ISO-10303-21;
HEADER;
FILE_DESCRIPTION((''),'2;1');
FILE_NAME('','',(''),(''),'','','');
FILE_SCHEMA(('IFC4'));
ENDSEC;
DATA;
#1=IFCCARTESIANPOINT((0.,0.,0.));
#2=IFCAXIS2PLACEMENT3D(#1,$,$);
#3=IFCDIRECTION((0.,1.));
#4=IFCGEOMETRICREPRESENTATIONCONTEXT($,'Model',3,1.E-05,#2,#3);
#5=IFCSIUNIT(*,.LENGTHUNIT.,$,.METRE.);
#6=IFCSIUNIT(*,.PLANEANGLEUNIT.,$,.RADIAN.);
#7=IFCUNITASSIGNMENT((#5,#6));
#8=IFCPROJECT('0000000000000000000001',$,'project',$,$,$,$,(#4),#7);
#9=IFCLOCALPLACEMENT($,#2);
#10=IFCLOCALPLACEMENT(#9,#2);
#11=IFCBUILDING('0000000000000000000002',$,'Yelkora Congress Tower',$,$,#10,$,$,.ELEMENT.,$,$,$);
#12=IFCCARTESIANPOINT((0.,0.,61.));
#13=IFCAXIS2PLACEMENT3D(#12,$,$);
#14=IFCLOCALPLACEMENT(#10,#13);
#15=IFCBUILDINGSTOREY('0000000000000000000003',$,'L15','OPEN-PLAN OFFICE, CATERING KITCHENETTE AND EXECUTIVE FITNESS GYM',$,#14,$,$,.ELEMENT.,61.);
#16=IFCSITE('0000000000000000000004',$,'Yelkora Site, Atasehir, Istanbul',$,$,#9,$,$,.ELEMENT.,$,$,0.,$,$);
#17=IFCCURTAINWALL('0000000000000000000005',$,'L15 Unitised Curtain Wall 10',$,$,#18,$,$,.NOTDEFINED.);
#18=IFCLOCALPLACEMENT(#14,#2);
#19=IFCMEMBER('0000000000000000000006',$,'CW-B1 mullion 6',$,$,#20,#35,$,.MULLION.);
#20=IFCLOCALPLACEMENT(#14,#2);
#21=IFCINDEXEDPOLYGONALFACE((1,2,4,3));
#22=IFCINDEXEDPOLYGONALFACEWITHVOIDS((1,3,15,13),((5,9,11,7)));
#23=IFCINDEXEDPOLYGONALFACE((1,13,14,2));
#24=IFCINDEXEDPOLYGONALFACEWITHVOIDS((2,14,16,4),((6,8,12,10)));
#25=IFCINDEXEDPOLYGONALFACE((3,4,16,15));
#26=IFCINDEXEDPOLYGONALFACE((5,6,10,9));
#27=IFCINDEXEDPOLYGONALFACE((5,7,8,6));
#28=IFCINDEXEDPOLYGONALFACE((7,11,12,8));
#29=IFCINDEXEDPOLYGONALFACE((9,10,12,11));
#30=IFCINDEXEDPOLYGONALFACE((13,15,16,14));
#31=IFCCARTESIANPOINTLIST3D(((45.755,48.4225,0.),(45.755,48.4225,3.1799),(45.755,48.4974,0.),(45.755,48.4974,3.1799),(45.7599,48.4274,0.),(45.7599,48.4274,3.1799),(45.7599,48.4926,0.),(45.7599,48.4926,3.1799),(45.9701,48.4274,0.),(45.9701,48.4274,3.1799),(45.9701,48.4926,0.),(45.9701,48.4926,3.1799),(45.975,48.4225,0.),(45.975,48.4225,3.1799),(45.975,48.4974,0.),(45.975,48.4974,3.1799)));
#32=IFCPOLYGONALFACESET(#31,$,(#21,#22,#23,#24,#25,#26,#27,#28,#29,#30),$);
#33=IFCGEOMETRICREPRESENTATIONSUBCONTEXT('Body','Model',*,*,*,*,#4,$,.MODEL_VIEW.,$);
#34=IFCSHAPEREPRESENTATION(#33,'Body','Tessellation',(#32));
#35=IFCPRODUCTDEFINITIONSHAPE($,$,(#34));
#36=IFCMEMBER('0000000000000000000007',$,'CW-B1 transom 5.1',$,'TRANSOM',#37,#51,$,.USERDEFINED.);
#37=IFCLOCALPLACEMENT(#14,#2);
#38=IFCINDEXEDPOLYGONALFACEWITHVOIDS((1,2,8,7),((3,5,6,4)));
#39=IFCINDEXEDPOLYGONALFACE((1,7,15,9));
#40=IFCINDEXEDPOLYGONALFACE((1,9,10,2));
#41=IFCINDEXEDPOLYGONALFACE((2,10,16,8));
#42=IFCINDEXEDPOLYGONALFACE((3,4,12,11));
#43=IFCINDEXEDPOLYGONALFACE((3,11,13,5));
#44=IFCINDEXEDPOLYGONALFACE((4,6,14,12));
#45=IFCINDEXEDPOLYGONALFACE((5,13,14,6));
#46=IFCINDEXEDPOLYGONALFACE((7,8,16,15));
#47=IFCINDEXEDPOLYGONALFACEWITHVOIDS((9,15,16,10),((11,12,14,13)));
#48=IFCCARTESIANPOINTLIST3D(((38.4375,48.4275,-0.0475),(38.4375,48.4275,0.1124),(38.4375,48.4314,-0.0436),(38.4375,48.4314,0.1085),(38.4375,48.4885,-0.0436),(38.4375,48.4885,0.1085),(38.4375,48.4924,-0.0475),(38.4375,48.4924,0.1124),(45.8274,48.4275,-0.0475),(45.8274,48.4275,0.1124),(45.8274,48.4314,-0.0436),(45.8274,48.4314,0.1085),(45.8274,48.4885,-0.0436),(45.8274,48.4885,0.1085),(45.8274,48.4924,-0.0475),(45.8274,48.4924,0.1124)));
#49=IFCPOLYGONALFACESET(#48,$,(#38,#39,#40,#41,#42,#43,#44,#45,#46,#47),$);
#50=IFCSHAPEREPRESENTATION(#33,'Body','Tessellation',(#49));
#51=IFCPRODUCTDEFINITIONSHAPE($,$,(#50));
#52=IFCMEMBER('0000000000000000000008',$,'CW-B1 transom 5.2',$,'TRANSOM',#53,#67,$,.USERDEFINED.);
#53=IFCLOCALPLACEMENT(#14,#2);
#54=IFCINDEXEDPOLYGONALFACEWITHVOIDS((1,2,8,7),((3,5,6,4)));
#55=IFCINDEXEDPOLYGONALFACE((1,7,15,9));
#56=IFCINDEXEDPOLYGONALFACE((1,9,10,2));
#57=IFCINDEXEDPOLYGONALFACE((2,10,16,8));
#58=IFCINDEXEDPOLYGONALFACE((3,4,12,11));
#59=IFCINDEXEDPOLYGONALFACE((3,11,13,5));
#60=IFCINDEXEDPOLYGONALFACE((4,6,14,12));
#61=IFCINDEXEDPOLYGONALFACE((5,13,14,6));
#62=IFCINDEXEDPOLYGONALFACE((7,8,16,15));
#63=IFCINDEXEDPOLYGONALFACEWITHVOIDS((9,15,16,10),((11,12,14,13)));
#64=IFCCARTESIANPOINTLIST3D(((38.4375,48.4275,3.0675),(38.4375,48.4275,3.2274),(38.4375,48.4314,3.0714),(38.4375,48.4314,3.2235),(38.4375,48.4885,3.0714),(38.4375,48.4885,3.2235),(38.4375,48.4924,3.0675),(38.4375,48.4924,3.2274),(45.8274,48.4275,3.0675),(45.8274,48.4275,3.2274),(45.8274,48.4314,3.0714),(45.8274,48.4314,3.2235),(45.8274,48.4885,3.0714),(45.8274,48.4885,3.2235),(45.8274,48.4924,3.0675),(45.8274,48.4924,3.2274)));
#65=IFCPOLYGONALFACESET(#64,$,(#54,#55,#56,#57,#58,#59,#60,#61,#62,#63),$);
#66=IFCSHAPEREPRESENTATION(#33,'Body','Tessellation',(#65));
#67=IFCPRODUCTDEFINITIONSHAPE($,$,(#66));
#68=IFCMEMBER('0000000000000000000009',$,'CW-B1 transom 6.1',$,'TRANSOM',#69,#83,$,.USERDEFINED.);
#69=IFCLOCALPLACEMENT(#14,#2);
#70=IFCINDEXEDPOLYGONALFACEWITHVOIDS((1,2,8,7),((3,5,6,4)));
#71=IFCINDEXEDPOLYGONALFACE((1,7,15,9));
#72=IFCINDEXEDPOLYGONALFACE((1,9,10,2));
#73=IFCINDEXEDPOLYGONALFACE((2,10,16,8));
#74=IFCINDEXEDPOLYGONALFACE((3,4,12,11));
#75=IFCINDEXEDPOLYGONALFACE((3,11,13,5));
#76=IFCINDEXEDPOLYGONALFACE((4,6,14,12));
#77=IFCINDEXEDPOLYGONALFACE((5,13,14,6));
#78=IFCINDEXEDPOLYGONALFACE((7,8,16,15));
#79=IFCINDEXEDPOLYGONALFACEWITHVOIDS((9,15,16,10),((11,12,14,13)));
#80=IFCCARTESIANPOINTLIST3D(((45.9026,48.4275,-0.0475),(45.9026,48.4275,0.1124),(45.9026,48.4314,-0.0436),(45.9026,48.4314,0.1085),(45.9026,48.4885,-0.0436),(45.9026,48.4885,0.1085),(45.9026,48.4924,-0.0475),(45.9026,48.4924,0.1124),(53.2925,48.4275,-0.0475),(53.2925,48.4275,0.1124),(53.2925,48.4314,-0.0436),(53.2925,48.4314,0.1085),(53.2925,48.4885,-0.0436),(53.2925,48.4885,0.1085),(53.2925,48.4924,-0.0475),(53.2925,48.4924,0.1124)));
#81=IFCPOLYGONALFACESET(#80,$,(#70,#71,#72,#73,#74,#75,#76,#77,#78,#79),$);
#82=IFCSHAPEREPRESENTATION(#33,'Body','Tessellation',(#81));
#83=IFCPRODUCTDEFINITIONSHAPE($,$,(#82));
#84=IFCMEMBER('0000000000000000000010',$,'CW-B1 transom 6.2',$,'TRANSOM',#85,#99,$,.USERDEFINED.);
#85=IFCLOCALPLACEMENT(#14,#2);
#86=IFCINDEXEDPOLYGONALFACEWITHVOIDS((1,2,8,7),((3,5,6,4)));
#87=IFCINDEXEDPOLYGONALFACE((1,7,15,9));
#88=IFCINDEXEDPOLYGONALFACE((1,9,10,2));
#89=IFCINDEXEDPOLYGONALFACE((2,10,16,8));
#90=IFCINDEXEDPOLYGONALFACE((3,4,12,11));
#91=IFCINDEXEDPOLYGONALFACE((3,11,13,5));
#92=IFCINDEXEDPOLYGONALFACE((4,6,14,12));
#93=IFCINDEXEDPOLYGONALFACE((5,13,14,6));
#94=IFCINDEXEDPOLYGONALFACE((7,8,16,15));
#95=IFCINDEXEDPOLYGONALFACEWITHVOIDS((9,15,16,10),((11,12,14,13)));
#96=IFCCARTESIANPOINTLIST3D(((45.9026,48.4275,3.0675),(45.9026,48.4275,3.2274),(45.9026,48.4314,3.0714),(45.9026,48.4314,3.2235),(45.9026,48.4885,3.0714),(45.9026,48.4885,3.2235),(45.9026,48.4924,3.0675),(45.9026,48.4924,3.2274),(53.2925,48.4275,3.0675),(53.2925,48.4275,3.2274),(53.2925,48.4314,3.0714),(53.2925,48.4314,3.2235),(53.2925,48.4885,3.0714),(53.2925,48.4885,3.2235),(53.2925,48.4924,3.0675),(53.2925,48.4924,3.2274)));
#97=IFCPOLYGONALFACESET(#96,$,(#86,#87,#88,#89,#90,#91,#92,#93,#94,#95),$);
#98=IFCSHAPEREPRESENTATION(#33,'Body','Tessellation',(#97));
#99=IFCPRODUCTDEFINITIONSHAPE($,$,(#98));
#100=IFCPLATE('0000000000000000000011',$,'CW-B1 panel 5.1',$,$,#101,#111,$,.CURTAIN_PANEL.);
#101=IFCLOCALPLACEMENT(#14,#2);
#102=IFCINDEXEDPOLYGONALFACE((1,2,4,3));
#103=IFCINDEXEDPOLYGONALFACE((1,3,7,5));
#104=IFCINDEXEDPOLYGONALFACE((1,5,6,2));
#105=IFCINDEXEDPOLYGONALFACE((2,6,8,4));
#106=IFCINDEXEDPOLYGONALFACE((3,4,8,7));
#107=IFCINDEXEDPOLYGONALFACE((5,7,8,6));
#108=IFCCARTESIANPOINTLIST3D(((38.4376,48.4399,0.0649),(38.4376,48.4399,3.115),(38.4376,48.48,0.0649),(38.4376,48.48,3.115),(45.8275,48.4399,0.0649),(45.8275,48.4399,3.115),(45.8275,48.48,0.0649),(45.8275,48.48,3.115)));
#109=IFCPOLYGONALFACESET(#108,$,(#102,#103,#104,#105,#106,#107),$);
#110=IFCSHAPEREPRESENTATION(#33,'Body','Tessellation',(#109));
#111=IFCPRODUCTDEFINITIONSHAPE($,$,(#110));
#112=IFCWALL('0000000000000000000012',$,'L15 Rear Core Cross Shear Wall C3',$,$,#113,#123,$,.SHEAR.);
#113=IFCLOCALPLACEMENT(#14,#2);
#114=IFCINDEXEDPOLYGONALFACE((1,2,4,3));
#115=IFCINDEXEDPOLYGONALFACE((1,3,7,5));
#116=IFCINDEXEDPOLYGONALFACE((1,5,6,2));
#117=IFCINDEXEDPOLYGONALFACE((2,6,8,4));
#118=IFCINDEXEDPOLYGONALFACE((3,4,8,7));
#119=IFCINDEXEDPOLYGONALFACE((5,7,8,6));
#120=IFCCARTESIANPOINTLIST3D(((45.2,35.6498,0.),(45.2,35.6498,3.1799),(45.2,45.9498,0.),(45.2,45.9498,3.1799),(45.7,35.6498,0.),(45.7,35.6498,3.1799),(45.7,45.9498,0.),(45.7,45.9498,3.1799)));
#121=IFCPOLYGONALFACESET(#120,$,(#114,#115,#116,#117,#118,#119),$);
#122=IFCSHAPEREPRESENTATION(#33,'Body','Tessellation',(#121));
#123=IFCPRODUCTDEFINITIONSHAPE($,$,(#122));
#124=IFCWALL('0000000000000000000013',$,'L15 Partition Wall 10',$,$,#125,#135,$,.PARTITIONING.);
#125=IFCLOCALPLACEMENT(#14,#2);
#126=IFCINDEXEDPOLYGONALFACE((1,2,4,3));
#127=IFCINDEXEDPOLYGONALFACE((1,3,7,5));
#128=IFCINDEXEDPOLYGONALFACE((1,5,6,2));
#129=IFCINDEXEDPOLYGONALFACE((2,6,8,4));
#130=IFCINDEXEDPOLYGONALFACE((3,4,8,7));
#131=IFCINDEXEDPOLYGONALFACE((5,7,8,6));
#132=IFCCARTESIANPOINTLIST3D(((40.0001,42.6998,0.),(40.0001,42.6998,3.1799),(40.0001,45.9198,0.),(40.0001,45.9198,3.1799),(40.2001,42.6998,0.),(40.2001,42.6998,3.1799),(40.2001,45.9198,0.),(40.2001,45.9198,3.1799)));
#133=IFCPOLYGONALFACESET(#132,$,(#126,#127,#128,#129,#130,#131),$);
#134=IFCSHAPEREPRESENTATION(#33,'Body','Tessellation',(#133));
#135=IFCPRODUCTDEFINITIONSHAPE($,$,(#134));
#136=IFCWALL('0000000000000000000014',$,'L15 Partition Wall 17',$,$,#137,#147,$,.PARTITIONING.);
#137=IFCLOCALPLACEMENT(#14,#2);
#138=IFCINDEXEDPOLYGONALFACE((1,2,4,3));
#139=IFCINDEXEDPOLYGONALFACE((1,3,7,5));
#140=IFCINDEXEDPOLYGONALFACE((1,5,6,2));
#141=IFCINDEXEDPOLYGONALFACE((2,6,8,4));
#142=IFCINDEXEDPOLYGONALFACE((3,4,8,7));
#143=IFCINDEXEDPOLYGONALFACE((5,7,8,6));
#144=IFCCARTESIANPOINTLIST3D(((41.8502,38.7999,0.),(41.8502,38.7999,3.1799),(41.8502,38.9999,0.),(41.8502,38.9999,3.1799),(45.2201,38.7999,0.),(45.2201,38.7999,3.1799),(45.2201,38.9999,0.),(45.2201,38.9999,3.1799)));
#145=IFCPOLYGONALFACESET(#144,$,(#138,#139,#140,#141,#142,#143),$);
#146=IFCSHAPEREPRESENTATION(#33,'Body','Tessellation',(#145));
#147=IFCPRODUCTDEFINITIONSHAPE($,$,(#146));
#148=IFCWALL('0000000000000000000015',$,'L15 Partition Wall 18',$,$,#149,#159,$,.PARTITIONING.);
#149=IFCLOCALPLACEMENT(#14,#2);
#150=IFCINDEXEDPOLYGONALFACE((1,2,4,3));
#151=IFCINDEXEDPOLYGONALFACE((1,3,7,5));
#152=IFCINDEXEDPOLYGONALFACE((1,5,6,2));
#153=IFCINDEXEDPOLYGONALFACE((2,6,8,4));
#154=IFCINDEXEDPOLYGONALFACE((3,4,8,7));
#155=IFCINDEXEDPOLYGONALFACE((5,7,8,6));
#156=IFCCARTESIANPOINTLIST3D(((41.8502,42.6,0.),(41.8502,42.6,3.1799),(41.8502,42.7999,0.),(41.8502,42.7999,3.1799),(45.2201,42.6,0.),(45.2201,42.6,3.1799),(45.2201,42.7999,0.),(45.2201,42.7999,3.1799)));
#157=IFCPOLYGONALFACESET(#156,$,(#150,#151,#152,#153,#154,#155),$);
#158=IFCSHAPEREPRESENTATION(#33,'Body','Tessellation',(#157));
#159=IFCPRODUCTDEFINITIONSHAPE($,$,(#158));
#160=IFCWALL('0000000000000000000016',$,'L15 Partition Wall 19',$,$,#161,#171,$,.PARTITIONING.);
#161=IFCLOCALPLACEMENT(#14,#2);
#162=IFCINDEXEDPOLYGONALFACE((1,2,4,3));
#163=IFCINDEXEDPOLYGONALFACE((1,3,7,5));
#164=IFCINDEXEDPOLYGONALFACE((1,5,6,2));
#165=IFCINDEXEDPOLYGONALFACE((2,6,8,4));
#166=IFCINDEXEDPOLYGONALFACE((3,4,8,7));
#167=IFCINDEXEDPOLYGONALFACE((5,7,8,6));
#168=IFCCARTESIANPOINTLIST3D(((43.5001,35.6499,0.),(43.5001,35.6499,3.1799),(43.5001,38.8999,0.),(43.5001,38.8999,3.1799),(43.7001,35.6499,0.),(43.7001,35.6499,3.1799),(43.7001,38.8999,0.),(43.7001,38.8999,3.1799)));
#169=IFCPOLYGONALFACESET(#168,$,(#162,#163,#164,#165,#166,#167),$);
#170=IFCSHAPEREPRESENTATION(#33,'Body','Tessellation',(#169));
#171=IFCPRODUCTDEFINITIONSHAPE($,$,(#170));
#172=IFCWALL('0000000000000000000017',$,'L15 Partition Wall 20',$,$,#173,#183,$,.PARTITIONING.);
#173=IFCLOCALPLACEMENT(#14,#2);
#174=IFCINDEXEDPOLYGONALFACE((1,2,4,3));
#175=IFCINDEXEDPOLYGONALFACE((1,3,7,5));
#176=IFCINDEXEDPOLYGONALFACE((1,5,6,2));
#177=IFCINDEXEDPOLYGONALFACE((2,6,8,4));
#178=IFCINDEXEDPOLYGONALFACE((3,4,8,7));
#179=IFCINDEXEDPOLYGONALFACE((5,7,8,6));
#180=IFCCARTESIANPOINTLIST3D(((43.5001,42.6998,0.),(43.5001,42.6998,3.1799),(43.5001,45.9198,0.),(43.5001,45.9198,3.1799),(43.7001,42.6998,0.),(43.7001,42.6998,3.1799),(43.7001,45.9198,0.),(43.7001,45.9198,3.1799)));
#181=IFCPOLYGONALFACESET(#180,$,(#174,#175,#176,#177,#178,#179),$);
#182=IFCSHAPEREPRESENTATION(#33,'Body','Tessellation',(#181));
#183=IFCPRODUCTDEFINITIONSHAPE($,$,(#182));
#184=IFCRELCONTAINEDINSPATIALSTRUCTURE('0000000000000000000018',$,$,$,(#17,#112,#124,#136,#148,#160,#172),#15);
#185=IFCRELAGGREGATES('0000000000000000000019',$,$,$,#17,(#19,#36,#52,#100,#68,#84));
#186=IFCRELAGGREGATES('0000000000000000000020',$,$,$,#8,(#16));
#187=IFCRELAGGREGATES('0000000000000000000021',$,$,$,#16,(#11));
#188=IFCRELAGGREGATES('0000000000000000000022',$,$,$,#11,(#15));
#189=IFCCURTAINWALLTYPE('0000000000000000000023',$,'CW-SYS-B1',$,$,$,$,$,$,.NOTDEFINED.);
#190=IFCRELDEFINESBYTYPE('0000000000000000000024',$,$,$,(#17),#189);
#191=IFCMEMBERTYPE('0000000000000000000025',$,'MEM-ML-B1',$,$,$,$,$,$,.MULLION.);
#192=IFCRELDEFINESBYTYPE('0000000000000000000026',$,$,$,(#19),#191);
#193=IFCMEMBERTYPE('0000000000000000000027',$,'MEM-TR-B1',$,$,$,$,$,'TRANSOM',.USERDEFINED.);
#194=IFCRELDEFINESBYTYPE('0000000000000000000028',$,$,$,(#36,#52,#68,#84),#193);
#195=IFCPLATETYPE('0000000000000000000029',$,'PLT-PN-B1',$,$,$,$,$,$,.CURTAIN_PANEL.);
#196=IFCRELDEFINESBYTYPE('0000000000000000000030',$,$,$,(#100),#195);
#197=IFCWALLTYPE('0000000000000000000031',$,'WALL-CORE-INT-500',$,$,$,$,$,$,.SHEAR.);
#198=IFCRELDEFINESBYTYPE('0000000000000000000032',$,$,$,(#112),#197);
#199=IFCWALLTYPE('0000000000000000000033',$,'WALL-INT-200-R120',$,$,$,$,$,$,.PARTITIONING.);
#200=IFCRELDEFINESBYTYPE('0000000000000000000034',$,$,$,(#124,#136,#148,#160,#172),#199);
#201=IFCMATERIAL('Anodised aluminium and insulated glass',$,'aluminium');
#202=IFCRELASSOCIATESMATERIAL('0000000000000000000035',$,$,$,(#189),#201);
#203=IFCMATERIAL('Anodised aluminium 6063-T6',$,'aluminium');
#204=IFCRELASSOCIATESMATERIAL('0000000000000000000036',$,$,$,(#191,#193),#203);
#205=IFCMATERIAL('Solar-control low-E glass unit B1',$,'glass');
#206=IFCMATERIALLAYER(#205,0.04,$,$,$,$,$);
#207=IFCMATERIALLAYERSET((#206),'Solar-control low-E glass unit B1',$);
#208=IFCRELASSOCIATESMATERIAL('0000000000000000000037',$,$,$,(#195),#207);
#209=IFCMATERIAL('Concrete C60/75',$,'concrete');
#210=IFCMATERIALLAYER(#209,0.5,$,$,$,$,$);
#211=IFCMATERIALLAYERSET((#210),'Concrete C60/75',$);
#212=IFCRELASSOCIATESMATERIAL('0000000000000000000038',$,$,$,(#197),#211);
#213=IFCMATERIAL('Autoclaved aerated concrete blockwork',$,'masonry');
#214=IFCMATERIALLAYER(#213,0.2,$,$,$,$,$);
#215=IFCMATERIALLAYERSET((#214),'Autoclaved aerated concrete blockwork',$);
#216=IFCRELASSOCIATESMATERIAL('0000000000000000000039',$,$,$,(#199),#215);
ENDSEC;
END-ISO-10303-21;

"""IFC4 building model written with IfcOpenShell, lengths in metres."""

from ifc_helpers import new_model, si_unit, direction, frame, frame_2d, origin, origin_2d, place, context, subcontext, project, spatial, rectangle, hollow_rectangle, extrude, material, layer, layer_set, material_profile, profile_set, type_object, element, aggregate, save


model = new_model("IFC4")

# Units and contexts
model_context = context("Model", 3, precision=1e-05, world=origin(), true_north=direction((0.0, 1.0)))
body_context = subcontext(model_context, "Body", "Model", "MODEL_VIEW")
ifc_project = project(units=[si_unit("LENGTHUNIT", "METRE"), si_unit("PLANEANGLEUNIT", "RADIAN")], contexts=[model_context])

# Site, building, storey
site_placement = place(None, origin())
site = spatial("IfcSite", under=ifc_project, at=site_placement, Name="Yelkora Site, Atasehir, Istanbul", CompositionType="ELEMENT", RefElevation=0.0)
building_placement = place(site_placement, origin())
building = spatial("IfcBuilding", under=site, at=building_placement, Name="Yelkora Congress Tower", CompositionType="ELEMENT")
storey_placement = place(building_placement, frame((0.0, 0.0, 61.0)))
storey = spatial("IfcBuildingStorey", under=building, at=storey_placement, Name="L15", Description="OPEN-PLAN OFFICE, CATERING KITCHENETTE AND EXECUTIVE FITNESS GYM", CompositionType="ELEMENT", Elevation=61.0)

# Shared definitions
ifc_material_1 = material(Name="Concrete C60/75", Category="concrete")

# Curtain wall, members, plate
ifc_material_2 = material(Name="Anodised aluminium and insulated glass", Category="aluminium")
curtain_wall_type = type_object("IfcCurtainWallType", Name="CW-SYS-B1", PredefinedType="NOTDEFINED", material=ifc_material_2)
curtain_wall_placement = place(storey_placement, origin())
curtain_wall = element("IfcCurtainWall", 1, at=curtain_wall_placement, inside=storey, type_object=curtain_wall_type, Name="L15 Unitised Curtain Wall 10", PredefinedType="NOTDEFINED")
ifc_material_3 = material(Name="Anodised aluminium 6063-T6", Category="aluminium")
ifc_material_profile_1 = material_profile(ifc_material_3, hollow_rectangle(XDim=0.075, YDim=0.22, WallThickness=0.0049, at=origin_2d()), Name="ALU 75x220x5")
ifc_profile_set_1 = profile_set([ifc_material_profile_1], Name="Anodised aluminium 6063-T6")
member_type_1 = type_object("IfcMemberType", Name="MEM-ML-B1", PredefinedType="MULLION", material=ifc_profile_set_1)
member_1_placement = place(storey_placement, frame((45.865, 48.46, 0.0), z_axis=(0.0, 0.0, 1.0), x_axis=(0.0, 1.0, 0.0)))
member_1 = element("IfcMember", 2, at=member_1_placement, type_object=member_type_1, Name="CW-B1 mullion 6", PredefinedType="MULLION", context=body_context, shape_type="SweptSolid", body=[
    extrude(hollow_rectangle(XDim=0.075, YDim=0.22, WallThickness=0.0049, at=origin_2d()), origin(), (0.0, 0.0, 1.0), 3.1799),
])
ifc_material_profile_2 = material_profile(ifc_material_3, hollow_rectangle(XDim=0.0649, YDim=0.1599, WallThickness=0.0039, at=origin_2d()), Name="ALU 65x160x4")
ifc_profile_set_2 = profile_set([ifc_material_profile_2], Name="Anodised aluminium 6063-T6")
member_type_2 = type_object("IfcMemberType", Name="MEM-TR-B1", ElementType="TRANSOM", PredefinedType="USERDEFINED", material=ifc_profile_set_2)
member_2_placement = place(storey_placement, frame((38.4375, 48.46, 0.0325), z_axis=(1.0, 0.0, 0.0), x_axis=(0.0, 1.0, 0.0)))
member_2 = element("IfcMember", 3, at=member_2_placement, type_object=member_type_2, Name="CW-B1 transom 5.1", ObjectType="TRANSOM", PredefinedType="USERDEFINED", context=body_context, shape_type="SweptSolid", body=[
    extrude(hollow_rectangle(XDim=0.0649, YDim=0.1599, WallThickness=0.0039, at=origin_2d()), origin(), (0.0, 0.0, 1.0), 7.3899),
])
member_3_placement = place(storey_placement, frame((38.4375, 48.46, 3.1475), z_axis=(1.0, 0.0, 0.0), x_axis=(0.0, 1.0, 0.0)))
member_3 = element("IfcMember", 4, at=member_3_placement, type_object=member_type_2, Name="CW-B1 transom 5.2", ObjectType="TRANSOM", PredefinedType="USERDEFINED", context=body_context, shape_type="SweptSolid", body=[
    extrude(hollow_rectangle(XDim=0.0649, YDim=0.1599, WallThickness=0.0039, at=origin_2d()), origin(), (0.0, 0.0, 1.0), 7.3899),
])
member_4_placement = place(storey_placement, frame((45.9026, 48.46, 0.0325), z_axis=(1.0, 0.0, 0.0), x_axis=(0.0, 1.0, 0.0)))
member_4 = element("IfcMember", 5, at=member_4_placement, type_object=member_type_2, Name="CW-B1 transom 6.1", ObjectType="TRANSOM", PredefinedType="USERDEFINED", context=body_context, shape_type="SweptSolid", body=[
    extrude(hollow_rectangle(XDim=0.0649, YDim=0.1599, WallThickness=0.0039, at=origin_2d()), origin(), (0.0, 0.0, 1.0), 7.3899),
])
member_5_placement = place(storey_placement, frame((45.9026, 48.46, 3.1475), z_axis=(1.0, 0.0, 0.0), x_axis=(0.0, 1.0, 0.0)))
member_5 = element("IfcMember", 6, at=member_5_placement, type_object=member_type_2, Name="CW-B1 transom 6.2", ObjectType="TRANSOM", PredefinedType="USERDEFINED", context=body_context, shape_type="SweptSolid", body=[
    extrude(hollow_rectangle(XDim=0.0649, YDim=0.1599, WallThickness=0.0039, at=origin_2d()), origin(), (0.0, 0.0, 1.0), 7.3899),
])
ifc_material_4 = material(Name="Solar-control low-E glass unit B1", Category="glass")
ifc_layer_1 = layer(ifc_material_4, 0.04)
ifc_layer_set_1 = layer_set([ifc_layer_1], Name="Solar-control low-E glass unit B1")
plate_type = type_object("IfcPlateType", Name="PLT-PN-B1", PredefinedType="CURTAIN_PANEL", material=ifc_layer_set_1)
plate_placement = place(storey_placement, frame((42.1326, 48.46, 0.0649), z_axis=(0.0, 0.0, 1.0), x_axis=(1.0, 0.0, 0.0)))
plate = element("IfcPlate", 7, at=plate_placement, type_object=plate_type, Name="CW-B1 panel 5.1", PredefinedType="CURTAIN_PANEL", context=body_context, shape_type="SweptSolid", body=[
    extrude(rectangle(XDim=7.3899, YDim=0.04, at=origin_2d()), origin(), (0.0, 0.0, 1.0), 3.05),
])
aggregate(curtain_wall, [member_1, member_2, member_3, plate, member_4, member_5])

# Wall
ifc_layer_2 = layer(ifc_material_1, 0.5)
ifc_layer_set_2 = layer_set([ifc_layer_2], Name="Concrete C60/75")
wall_type_1 = type_object("IfcWallType", Name="WALL-CORE-INT-500", PredefinedType="SHEAR", material=ifc_layer_set_2)
wall_1_placement = place(storey_placement, frame((45.45, 35.6499, 0.0), z_axis=(0.0, 0.0, 1.0), x_axis=(0.0, 1.0, 0.0)))
element("IfcWall", 8, at=wall_1_placement, inside=storey, type_object=wall_type_1, Name="L15 Rear Core Cross Shear Wall C3", PredefinedType="SHEAR", context=body_context, shape_type="SweptSolid", body=[
    extrude(rectangle(XDim=10.3, YDim=0.5, at=frame_2d((5.1499, 0.0))), origin(), (0.0, 0.0, 1.0), 3.1799),
])

# Walls
ifc_material_5 = material(Name="Autoclaved aerated concrete blockwork", Category="masonry")
ifc_layer_3 = layer(ifc_material_5, 0.2)
ifc_layer_set_3 = layer_set([ifc_layer_3], Name="Autoclaved aerated concrete blockwork")
wall_type_2 = type_object("IfcWallType", Name="WALL-INT-200-R120", PredefinedType="PARTITIONING", material=ifc_layer_set_3)
wall_2_placement = place(storey_placement, frame((40.1001, 42.7, 0.0), z_axis=(0.0, 0.0, 1.0), x_axis=(0.0, 1.0, 0.0)))
element("IfcWall", 9, at=wall_2_placement, inside=storey, type_object=wall_type_2, Name="L15 Partition Wall 10", PredefinedType="PARTITIONING", context=body_context, shape_type="SweptSolid", body=[
    extrude(rectangle(XDim=3.22, YDim=0.2, at=frame_2d((1.6099, 0.0))), origin(), (0.0, 0.0, 1.0), 3.1799),
])
for number, where, z_axis, x_axis, name in (
    (10, (41.8501, 38.8999, 0.0), (0.0, 0.0, 1.0), (1.0, 0.0, 0.0), "L15 Partition Wall 17"),
    (11, (41.8501, 42.7, 0.0), (0.0, 0.0, 1.0), (1.0, 0.0, 0.0), "L15 Partition Wall 18"),
):
    element("IfcWall", number, at=place(storey_placement, frame(where, z_axis=z_axis, x_axis=x_axis)), inside=storey, type_object=wall_type_2, Name=name, PredefinedType="PARTITIONING", context=body_context, shape_type="SweptSolid", body=[
        extrude(rectangle(XDim=3.3699, YDim=0.2, at=frame_2d((1.6851, 0.0))), origin(), (0.0, 0.0, 1.0), 3.1799),
    ])
wall_3_placement = place(storey_placement, frame((43.6001, 35.6499, 0.0), z_axis=(0.0, 0.0, 1.0), x_axis=(0.0, 1.0, 0.0)))
element("IfcWall", 12, at=wall_3_placement, inside=storey, type_object=wall_type_2, Name="L15 Partition Wall 19", PredefinedType="PARTITIONING", context=body_context, shape_type="SweptSolid", body=[
    extrude(rectangle(XDim=3.25, YDim=0.2, at=frame_2d((1.625, 0.0))), origin(), (0.0, 0.0, 1.0), 3.1799),
])
wall_4_placement = place(storey_placement, frame((43.6001, 42.7, 0.0), z_axis=(0.0, 0.0, 1.0), x_axis=(0.0, 1.0, 0.0)))
element("IfcWall", 13, at=wall_4_placement, inside=storey, type_object=wall_type_2, Name="L15 Partition Wall 20", PredefinedType="PARTITIONING", context=body_context, shape_type="SweptSolid", body=[
    extrude(rectangle(XDim=3.22, YDim=0.2, at=frame_2d((1.6099, 0.0))), origin(), (0.0, 0.0, 1.0), 3.1799),
])

save(model, "model.ifc")
